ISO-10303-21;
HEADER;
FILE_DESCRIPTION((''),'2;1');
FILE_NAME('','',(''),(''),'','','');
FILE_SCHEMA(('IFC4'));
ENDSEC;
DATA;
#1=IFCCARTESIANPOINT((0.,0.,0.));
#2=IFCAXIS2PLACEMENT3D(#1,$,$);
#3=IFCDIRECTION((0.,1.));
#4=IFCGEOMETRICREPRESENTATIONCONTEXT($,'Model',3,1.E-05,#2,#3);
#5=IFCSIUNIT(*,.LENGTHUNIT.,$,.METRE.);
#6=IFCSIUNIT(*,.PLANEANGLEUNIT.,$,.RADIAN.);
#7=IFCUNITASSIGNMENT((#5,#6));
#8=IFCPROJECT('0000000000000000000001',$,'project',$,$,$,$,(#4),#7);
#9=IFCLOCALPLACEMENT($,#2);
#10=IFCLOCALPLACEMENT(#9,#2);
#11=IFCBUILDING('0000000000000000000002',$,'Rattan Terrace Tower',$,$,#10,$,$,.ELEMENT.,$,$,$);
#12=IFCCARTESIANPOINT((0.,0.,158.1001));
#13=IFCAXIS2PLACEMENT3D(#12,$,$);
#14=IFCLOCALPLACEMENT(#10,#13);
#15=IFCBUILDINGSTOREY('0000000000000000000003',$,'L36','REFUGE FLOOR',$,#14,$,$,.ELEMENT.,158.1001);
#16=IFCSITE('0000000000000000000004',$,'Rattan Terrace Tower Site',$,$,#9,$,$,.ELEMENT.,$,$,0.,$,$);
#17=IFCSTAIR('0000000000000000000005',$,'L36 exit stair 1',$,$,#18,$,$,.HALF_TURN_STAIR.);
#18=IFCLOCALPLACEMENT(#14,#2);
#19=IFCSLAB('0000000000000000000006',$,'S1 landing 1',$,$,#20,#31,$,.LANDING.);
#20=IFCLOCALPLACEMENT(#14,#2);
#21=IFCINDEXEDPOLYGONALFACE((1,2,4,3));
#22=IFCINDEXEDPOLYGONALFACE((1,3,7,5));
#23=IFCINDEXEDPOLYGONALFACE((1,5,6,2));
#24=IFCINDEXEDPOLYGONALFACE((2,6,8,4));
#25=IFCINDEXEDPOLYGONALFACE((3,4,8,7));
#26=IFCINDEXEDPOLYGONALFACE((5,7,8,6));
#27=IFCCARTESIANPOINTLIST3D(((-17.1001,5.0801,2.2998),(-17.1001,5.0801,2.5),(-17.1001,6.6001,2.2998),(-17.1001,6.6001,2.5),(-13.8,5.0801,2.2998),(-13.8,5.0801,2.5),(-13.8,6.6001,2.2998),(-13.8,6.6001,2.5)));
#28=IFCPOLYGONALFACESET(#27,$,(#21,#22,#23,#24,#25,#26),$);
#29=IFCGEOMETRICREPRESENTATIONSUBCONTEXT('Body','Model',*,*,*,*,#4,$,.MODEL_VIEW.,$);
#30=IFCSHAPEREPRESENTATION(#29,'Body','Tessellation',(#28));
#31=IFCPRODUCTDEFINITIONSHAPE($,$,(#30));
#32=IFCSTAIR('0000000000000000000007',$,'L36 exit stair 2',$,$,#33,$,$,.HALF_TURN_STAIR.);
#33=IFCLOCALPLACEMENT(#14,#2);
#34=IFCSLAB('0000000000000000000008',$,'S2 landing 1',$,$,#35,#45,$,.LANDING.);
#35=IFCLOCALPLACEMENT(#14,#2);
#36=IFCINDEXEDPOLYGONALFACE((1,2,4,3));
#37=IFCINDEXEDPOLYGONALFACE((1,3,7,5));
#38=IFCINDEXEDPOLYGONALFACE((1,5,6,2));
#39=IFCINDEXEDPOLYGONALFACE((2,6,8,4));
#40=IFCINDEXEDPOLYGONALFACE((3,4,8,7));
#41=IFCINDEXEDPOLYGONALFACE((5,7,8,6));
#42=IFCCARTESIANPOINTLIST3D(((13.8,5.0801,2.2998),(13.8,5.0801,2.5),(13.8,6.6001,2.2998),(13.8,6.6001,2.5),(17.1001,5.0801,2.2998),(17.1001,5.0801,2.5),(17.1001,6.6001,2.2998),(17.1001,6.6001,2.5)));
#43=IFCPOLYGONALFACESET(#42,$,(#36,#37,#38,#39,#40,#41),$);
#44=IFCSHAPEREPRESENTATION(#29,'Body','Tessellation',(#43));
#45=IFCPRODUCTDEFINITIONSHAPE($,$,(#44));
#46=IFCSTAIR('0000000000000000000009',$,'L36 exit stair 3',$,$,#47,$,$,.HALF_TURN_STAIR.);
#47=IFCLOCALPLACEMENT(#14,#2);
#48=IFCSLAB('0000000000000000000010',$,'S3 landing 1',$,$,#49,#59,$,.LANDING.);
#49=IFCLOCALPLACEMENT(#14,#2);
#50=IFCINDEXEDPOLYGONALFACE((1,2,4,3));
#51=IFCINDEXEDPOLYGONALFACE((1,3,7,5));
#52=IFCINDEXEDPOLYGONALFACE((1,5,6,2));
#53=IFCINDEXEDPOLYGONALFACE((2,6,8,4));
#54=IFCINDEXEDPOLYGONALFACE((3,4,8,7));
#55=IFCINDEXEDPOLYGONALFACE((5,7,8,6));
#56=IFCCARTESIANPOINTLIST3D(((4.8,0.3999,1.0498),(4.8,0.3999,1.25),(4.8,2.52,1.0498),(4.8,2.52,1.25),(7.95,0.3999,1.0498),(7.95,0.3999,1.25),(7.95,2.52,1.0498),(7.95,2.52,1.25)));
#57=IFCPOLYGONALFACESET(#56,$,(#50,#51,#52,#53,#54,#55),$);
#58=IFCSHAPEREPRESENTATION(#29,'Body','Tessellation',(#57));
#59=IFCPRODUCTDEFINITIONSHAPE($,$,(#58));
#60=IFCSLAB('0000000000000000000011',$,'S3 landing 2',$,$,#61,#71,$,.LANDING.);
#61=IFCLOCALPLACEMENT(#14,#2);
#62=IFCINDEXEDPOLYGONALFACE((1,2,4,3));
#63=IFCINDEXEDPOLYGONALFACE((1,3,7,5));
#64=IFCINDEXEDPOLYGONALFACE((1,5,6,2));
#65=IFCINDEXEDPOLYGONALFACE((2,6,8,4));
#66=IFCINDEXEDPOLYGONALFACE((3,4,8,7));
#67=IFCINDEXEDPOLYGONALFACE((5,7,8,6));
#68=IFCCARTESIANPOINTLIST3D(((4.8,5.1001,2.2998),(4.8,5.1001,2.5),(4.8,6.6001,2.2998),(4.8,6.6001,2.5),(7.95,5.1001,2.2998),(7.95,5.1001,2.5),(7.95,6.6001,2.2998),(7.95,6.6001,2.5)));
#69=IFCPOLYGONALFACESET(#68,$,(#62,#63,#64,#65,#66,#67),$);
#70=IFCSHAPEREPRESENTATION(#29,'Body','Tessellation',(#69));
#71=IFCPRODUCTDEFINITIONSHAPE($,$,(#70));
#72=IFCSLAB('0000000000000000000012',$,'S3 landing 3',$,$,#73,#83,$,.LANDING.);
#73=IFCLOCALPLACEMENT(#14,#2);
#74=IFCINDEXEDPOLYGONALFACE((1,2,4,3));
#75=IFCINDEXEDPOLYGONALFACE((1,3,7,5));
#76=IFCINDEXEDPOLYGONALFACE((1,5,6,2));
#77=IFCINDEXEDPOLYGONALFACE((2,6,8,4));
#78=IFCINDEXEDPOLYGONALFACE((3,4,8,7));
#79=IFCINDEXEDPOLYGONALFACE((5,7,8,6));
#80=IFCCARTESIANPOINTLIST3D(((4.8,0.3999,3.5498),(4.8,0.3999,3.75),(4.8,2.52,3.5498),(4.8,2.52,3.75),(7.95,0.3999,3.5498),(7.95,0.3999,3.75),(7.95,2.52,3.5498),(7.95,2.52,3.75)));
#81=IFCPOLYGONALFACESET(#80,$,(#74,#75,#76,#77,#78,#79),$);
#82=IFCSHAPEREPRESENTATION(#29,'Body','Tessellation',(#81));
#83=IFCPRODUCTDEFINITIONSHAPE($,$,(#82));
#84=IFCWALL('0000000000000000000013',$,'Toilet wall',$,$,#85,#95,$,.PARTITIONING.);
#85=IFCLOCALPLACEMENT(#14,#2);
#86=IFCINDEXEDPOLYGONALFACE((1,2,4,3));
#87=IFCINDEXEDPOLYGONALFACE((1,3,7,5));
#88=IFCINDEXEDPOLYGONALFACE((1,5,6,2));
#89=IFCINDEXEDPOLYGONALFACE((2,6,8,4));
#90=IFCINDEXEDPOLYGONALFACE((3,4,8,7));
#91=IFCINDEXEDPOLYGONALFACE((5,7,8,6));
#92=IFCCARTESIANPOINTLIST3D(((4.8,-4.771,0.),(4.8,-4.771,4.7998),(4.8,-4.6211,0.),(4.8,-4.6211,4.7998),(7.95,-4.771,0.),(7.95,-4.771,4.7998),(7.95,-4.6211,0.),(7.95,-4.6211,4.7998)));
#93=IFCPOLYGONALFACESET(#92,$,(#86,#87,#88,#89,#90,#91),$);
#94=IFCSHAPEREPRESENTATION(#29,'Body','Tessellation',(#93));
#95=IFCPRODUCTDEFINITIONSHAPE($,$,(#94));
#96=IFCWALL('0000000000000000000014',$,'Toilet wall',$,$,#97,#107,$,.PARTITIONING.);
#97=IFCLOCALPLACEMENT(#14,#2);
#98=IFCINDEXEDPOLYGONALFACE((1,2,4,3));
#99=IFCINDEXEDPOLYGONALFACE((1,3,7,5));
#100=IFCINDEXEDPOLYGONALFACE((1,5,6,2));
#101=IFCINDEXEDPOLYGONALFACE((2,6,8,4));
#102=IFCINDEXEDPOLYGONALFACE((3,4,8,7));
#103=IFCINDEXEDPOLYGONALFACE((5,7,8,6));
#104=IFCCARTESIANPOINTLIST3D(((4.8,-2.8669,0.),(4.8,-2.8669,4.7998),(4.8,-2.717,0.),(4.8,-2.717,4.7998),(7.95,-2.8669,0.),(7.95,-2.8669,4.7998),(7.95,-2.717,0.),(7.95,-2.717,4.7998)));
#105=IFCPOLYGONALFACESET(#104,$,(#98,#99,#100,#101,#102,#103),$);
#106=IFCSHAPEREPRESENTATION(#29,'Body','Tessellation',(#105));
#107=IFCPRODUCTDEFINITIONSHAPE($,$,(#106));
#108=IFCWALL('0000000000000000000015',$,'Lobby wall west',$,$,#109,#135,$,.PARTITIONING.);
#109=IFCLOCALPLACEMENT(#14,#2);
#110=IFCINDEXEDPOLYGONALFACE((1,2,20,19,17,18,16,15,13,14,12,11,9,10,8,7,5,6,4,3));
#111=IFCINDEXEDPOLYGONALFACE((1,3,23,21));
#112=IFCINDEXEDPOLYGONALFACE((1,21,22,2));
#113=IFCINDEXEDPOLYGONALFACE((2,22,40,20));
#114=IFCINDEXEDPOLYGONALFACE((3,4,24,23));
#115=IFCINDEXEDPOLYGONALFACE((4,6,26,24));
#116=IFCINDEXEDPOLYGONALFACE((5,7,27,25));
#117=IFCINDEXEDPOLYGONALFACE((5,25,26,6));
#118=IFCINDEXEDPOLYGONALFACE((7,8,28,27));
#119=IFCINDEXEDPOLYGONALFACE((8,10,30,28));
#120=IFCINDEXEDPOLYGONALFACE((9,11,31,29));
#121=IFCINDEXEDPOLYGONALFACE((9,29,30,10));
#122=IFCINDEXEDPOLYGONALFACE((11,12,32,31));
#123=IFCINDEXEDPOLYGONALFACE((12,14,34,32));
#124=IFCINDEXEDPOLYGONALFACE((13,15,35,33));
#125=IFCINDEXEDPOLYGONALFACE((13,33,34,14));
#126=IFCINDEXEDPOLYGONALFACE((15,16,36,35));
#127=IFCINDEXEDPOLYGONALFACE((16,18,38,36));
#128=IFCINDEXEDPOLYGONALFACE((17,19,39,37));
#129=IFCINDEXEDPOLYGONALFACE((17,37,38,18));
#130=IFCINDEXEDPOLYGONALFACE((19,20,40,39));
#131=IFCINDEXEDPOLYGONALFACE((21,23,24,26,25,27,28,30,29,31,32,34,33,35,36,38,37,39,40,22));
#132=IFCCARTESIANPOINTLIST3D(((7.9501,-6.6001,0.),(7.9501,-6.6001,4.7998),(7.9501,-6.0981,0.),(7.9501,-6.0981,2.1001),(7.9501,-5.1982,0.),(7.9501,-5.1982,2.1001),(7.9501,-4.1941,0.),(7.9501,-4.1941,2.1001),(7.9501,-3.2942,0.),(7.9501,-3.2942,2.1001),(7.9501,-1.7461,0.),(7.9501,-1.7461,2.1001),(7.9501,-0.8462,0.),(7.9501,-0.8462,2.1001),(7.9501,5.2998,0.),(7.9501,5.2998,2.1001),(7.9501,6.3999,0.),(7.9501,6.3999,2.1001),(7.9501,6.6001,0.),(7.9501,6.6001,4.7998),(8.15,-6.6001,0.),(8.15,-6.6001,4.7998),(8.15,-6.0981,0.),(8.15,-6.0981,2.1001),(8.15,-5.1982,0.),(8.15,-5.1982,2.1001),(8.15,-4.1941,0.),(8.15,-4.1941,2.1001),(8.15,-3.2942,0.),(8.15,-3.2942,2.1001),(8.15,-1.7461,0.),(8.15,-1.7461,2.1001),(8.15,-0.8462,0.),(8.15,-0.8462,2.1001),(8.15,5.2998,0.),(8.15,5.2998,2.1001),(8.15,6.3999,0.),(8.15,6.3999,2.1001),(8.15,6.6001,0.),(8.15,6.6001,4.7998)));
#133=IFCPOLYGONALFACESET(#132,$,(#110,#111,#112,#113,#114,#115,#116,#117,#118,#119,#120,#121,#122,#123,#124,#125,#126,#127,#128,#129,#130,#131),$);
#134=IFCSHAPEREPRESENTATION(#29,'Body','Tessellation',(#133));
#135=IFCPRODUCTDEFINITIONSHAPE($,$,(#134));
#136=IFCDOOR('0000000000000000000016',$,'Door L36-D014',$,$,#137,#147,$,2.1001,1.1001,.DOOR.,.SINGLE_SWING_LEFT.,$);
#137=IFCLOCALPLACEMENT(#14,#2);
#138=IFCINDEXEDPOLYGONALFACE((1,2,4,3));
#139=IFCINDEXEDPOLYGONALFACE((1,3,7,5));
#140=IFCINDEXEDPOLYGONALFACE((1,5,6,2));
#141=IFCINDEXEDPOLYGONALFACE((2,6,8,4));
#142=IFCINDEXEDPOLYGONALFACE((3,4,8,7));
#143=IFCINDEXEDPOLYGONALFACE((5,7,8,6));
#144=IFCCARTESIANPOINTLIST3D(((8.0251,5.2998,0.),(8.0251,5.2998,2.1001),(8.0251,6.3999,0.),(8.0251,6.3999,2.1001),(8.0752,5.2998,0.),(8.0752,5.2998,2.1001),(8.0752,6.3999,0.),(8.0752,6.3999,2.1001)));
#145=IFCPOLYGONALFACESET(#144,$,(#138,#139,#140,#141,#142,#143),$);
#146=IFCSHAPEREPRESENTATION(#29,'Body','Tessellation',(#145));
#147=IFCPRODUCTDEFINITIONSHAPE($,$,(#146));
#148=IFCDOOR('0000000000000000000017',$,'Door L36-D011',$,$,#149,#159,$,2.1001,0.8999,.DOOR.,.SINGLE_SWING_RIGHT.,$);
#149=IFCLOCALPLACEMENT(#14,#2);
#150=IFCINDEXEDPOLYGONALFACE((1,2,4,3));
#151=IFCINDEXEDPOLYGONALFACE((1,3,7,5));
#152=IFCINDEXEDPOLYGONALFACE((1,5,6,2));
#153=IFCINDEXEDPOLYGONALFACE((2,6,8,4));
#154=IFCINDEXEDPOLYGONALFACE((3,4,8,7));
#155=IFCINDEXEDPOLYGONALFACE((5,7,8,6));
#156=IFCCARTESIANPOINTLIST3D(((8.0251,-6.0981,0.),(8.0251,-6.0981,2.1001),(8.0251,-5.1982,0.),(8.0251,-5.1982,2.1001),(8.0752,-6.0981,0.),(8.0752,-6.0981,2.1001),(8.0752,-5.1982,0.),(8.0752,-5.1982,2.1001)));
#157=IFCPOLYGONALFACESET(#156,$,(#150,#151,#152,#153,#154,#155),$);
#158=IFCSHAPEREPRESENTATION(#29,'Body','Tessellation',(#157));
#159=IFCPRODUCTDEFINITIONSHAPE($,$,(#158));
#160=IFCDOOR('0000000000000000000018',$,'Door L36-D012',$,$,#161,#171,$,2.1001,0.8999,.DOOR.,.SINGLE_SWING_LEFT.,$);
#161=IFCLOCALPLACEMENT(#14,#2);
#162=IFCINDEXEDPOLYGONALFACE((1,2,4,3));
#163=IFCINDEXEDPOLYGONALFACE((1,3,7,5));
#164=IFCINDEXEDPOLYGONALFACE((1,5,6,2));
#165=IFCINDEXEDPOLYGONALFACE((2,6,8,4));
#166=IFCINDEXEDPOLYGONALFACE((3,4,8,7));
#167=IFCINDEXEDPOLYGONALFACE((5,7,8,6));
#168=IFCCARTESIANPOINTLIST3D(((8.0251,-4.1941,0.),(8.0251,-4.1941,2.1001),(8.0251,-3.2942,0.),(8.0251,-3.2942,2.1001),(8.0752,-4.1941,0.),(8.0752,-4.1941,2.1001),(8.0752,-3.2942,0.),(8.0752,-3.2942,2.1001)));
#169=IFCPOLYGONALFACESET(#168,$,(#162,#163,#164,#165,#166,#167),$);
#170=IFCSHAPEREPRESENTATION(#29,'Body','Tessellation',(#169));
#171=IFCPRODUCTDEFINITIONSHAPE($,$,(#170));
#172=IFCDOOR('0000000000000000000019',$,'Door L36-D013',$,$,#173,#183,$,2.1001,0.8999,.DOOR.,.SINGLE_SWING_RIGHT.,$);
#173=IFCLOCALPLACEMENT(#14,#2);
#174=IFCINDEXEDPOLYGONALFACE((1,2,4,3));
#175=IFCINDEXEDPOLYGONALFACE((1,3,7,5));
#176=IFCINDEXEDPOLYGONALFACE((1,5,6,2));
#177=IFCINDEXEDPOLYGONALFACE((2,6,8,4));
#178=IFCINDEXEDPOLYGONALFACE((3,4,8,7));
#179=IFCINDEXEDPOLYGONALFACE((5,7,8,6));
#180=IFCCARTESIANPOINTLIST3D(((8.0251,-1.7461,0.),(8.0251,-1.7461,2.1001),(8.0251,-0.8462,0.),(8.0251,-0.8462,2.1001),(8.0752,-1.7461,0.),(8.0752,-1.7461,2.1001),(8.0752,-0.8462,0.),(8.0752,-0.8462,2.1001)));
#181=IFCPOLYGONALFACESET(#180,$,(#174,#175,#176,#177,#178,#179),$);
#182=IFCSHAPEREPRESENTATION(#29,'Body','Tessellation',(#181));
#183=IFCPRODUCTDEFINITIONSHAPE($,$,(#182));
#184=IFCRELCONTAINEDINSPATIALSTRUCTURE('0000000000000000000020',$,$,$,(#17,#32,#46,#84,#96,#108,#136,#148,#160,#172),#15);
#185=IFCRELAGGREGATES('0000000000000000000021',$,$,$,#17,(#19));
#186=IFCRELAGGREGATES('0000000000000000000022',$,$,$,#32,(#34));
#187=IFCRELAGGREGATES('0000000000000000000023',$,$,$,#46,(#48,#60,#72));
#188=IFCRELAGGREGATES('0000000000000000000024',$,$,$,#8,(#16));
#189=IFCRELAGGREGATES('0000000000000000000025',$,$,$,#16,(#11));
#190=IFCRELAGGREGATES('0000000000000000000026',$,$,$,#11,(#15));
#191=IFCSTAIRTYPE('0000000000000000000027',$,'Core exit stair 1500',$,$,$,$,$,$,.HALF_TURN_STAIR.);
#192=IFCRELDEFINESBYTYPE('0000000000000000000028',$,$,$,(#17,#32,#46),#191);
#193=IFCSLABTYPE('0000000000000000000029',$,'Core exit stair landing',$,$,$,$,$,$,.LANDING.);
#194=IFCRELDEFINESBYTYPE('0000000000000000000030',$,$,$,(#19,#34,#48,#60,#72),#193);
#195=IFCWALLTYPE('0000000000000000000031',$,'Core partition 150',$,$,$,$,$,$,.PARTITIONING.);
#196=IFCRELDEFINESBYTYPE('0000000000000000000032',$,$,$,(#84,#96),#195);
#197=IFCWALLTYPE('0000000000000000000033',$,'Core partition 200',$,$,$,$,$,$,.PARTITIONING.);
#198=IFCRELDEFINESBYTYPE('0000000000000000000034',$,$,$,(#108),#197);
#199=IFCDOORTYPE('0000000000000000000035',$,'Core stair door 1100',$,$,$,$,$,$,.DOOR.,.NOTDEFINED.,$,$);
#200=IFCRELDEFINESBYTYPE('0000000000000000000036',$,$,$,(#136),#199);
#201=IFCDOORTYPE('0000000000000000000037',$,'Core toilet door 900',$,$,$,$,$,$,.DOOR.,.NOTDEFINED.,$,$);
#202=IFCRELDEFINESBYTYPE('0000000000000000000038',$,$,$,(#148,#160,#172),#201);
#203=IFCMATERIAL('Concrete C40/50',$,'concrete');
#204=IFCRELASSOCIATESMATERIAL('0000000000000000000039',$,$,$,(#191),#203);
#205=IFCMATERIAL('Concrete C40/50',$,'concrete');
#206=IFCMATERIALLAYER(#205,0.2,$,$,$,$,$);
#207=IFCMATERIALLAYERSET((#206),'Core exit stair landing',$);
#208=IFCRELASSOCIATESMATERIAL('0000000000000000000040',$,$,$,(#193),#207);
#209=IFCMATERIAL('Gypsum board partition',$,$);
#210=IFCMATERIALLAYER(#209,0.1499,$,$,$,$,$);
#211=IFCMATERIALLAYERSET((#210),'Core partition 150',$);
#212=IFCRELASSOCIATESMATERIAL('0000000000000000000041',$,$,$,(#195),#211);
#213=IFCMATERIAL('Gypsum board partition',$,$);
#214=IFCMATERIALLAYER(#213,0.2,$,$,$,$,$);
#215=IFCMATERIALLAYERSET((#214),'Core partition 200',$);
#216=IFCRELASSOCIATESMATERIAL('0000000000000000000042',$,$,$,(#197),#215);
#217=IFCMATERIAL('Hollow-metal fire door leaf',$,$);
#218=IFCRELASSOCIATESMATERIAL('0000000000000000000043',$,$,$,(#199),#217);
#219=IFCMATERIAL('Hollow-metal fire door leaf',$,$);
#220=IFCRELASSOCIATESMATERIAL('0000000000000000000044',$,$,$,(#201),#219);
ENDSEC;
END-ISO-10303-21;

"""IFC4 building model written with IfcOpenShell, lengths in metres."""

from ifc_helpers import new_model, si_unit, direction, frame, frame_2d, origin, place, context, subcontext, project, spatial, polyline, rectangle, outline, extrude, material, layer, layer_set, type_object, element, fill, aggregate, save


model = new_model("IFC4")

# Units and contexts
model_context = context("Model", 3, precision=1e-05, world=origin(), true_north=direction((0.0, 1.0)))
body_context = subcontext(model_context, "Body", "Model", "MODEL_VIEW")
ifc_project = project(units=[si_unit("LENGTHUNIT", "METRE"), si_unit("PLANEANGLEUNIT", "RADIAN")], contexts=[model_context])

# Site, building, storey
site_placement = place(None, origin())
site = spatial("IfcSite", under=ifc_project, at=site_placement, Name="Rattan Terrace Tower Site", CompositionType="ELEMENT", RefElevation=0.0)
building_placement = place(site_placement, origin())
building = spatial("IfcBuilding", under=site, at=building_placement, Name="Rattan Terrace Tower", CompositionType="ELEMENT")
storey_placement = place(building_placement, frame((0.0, 0.0, 158.1001)))
storey = spatial("IfcBuildingStorey", under=building, at=storey_placement, Name="L36", Description="REFUGE FLOOR", CompositionType="ELEMENT", Elevation=158.1001)

# Stairs, slabs
ifc_material_1 = material(Name="Concrete C40/50", Category="concrete")
stair_type = type_object("IfcStairType", Name="Core exit stair 1500", PredefinedType="HALF_TURN_STAIR", material=ifc_material_1)
stair_1_placement = place(storey_placement, origin())
stair_1 = element("IfcStair", 1, at=stair_1_placement, inside=storey, type_object=stair_type, Name="L36 exit stair 1", PredefinedType="HALF_TURN_STAIR")
ifc_material_2 = material(Name="Concrete C40/50", Category="concrete")
ifc_layer_1 = layer(ifc_material_2, 0.2)
ifc_layer_set_1 = layer_set([ifc_layer_1], Name="Core exit stair landing")
slab_type = type_object("IfcSlabType", Name="Core exit stair landing", PredefinedType="LANDING", material=ifc_layer_set_1)
slab_1_placement = place(storey_placement, frame((0.0, 0.0, 2.2998)))
slab_1 = element("IfcSlab", 2, at=slab_1_placement, type_object=slab_type, Name="S1 landing 1", PredefinedType="LANDING", context=body_context, shape_type="SweptSolid", body=[
    extrude(outline(polyline([(-13.8, 5.0801), (-13.8, 6.6001), (-17.1001, 6.6001), (-17.1001, 5.0801), (-13.8, 5.0801)])), origin(), (0.0, 0.0, 1.0), 0.2002),
])
aggregate(stair_1, [slab_1])
stair_2_placement = place(storey_placement, origin())
stair_2 = element("IfcStair", 3, at=stair_2_placement, inside=storey, type_object=stair_type, Name="L36 exit stair 2", PredefinedType="HALF_TURN_STAIR")
slab_2_placement = place(storey_placement, frame((0.0, 0.0, 2.2998)))
slab_2 = element("IfcSlab", 4, at=slab_2_placement, type_object=slab_type, Name="S2 landing 1", PredefinedType="LANDING", context=body_context, shape_type="SweptSolid", body=[
    extrude(outline(polyline([(17.1001, 5.0801), (17.1001, 6.6001), (13.8, 6.6001), (13.8, 5.0801), (17.1001, 5.0801)])), origin(), (0.0, 0.0, 1.0), 0.2002),
])
aggregate(stair_2, [slab_2])

# Stair, slabs
stair_3_placement = place(storey_placement, origin())
stair_3 = element("IfcStair", 5, at=stair_3_placement, inside=storey, type_object=stair_type, Name="L36 exit stair 3", PredefinedType="HALF_TURN_STAIR")
slab_3_placement = place(storey_placement, frame((0.0, 0.0, 1.0498)))
slab_3 = element("IfcSlab", 6, at=slab_3_placement, type_object=slab_type, Name="S3 landing 1", PredefinedType="LANDING", context=body_context, shape_type="SweptSolid", body=[
    extrude(outline(polyline([(4.8, 2.52), (4.8, 0.3999), (7.95, 0.3999), (7.95, 2.52), (4.8, 2.52)])), origin(), (0.0, 0.0, 1.0), 0.2002),
])
slab_4_placement = place(storey_placement, frame((0.0, 0.0, 2.2998)))
slab_4 = element("IfcSlab", 7, at=slab_4_placement, type_object=slab_type, Name="S3 landing 2", PredefinedType="LANDING", context=body_context, shape_type="SweptSolid", body=[
    extrude(outline(polyline([(4.8, 6.6001), (4.8, 5.1001), (7.95, 5.1001), (7.95, 6.6001), (4.8, 6.6001)])), origin(), (0.0, 0.0, 1.0), 0.2002),
])
slab_5_placement = place(storey_placement, frame((0.0, 0.0, 3.5498)))
slab_5 = element("IfcSlab", 8, at=slab_5_placement, type_object=slab_type, Name="S3 landing 3", PredefinedType="LANDING", context=body_context, shape_type="SweptSolid", body=[
    extrude(outline(polyline([(4.8, 2.52), (4.8, 0.3999), (7.95, 0.3999), (7.95, 2.52), (4.8, 2.52)])), origin(), (0.0, 0.0, 1.0), 0.2002),
])
aggregate(stair_3, [slab_3, slab_4, slab_5])

# Walls
ifc_material_3 = material(Name="Gypsum board partition")
ifc_layer_2 = layer(ifc_material_3, 0.1499)
ifc_layer_set_2 = layer_set([ifc_layer_2], Name="Core partition 150")
wall_type_1 = type_object("IfcWallType", Name="Core partition 150", PredefinedType="PARTITIONING", material=ifc_layer_set_2)
for number, where, z_axis, x_axis, name in (
    (9, (4.8, -4.696, 0.0), (0.0, 0.0, 1.0), (1.0, 0.0, 0.0), "Toilet wall"),
    (10, (4.8, -2.792, 0.0), (0.0, 0.0, 1.0), (1.0, 0.0, 0.0), "Toilet wall"),
):
    element("IfcWall", number, at=place(storey_placement, frame(where, z_axis=z_axis, x_axis=x_axis)), inside=storey, type_object=wall_type_1, Name=name, PredefinedType="PARTITIONING", context=body_context, shape_type="SweptSolid", body=[
        extrude(rectangle(XDim=3.1499, YDim=0.1499, at=frame_2d((1.575, 0.0))), origin(), (0.0, 0.0, 1.0), 4.7998),
    ])

# Wall, openings, doors
ifc_material_4 = material(Name="Gypsum board partition")
ifc_layer_3 = layer(ifc_material_4, 0.2)
ifc_layer_set_3 = layer_set([ifc_layer_3], Name="Core partition 200")
wall_type_2 = type_object("IfcWallType", Name="Core partition 200", PredefinedType="PARTITIONING", material=ifc_layer_set_3)
wall_1_placement = place(storey_placement, frame((8.05, -6.6001, 0.0), z_axis=(0.0, 0.0, 1.0), x_axis=(0.0, 1.0, 0.0)))
wall_1 = element("IfcWall", 11, at=wall_1_placement, inside=storey, type_object=wall_type_2, Name="Lobby wall west", PredefinedType="PARTITIONING", context=body_context, shape_type="SweptSolid", body=[
    extrude(rectangle(XDim=13.2002, YDim=0.2, at=frame_2d((6.6001, 0.0))), origin(), (0.0, 0.0, 1.0), 4.7998),
])
opening_1_placement = place(wall_1_placement, frame((0.502, 0.0, 0.0)))
opening_1 = element("IfcOpeningElement", 12, at=opening_1_placement, cuts=wall_1, PredefinedType="OPENING", context=body_context, shape_type="SweptSolid", body=[
    extrude(rectangle(XDim=0.8999, YDim=2.1001, at=frame_2d((0.45, 1.05))), frame((0.0, 0.1106, 0.0), z_axis=(0.0, -1.0, 0.0), x_axis=(1.0, 0.0, 0.0)), (0.0, 0.0, 1.0), 0.2209),
])
opening_2_placement = place(wall_1_placement, frame((2.406, 0.0, 0.0)))
opening_2 = element("IfcOpeningElement", 13, at=opening_2_placement, cuts=wall_1, PredefinedType="OPENING", context=body_context, shape_type="SweptSolid", body=[
    extrude(rectangle(XDim=0.8999, YDim=2.1001, at=frame_2d((0.45, 1.05))), frame((0.0, 0.1106, 0.0), z_axis=(0.0, -1.0, 0.0), x_axis=(1.0, 0.0, 0.0)), (0.0, 0.0, 1.0), 0.2209),
])
opening_3_placement = place(wall_1_placement, frame((4.854, 0.0, 0.0)))
opening_3 = element("IfcOpeningElement", 14, at=opening_3_placement, cuts=wall_1, PredefinedType="OPENING", context=body_context, shape_type="SweptSolid", body=[
    extrude(rectangle(XDim=0.8999, YDim=2.1001, at=frame_2d((0.45, 1.05))), frame((0.0, 0.1106, 0.0), z_axis=(0.0, -1.0, 0.0), x_axis=(1.0, 0.0, 0.0)), (0.0, 0.0, 1.0), 0.2209),
])
opening_4_placement = place(wall_1_placement, frame((11.8999, 0.0, 0.0)))
opening_4 = element("IfcOpeningElement", 15, at=opening_4_placement, cuts=wall_1, PredefinedType="OPENING", context=body_context, shape_type="SweptSolid", body=[
    extrude(rectangle(XDim=1.1001, YDim=2.1001, at=frame_2d((0.55, 1.05))), frame((0.0, 0.1106, 0.0), z_axis=(0.0, -1.0, 0.0), x_axis=(1.0, 0.0, 0.0)), (0.0, 0.0, 1.0), 0.2209),
])
ifc_material_5 = material(Name="Hollow-metal fire door leaf")
door_type_1 = type_object("IfcDoorType", Name="Core stair door 1100", OperationType="NOTDEFINED", PredefinedType="DOOR", material=ifc_material_5)
door_1_placement = place(opening_4_placement, origin())
door_1 = element("IfcDoor", 16, at=door_1_placement, inside=storey, type_object=door_type_1, Name="Door L36-D014", OperationType="SINGLE_SWING_LEFT", OverallHeight=2.1001, OverallWidth=1.1001, PredefinedType="DOOR", context=body_context, shape_type="SweptSolid", body=[
    extrude(rectangle(XDim=1.1001, YDim=2.1001, at=frame_2d((0.55, 1.05))), frame((0.0, 0.0249, 0.0), z_axis=(0.0, -1.0, 0.0), x_axis=(1.0, 0.0, 0.0)), (0.0, 0.0, 1.0), 0.05),
])
fill(opening_4, door_1)
ifc_material_6 = material(Name="Hollow-metal fire door leaf")
door_type_2 = type_object("IfcDoorType", Name="Core toilet door 900", OperationType="NOTDEFINED", PredefinedType="DOOR", material=ifc_material_6)
door_2_placement = place(opening_1_placement, origin())
door_2 = element("IfcDoor", 17, at=door_2_placement, inside=storey, type_object=door_type_2, Name="Door L36-D011", OperationType="SINGLE_SWING_RIGHT", OverallHeight=2.1001, OverallWidth=0.8999, PredefinedType="DOOR", context=body_context, shape_type="SweptSolid", body=[
    extrude(rectangle(XDim=0.8999, YDim=2.1001, at=frame_2d((0.45, 1.05))), frame((0.0, 0.0249, 0.0), z_axis=(0.0, -1.0, 0.0), x_axis=(1.0, 0.0, 0.0)), (0.0, 0.0, 1.0), 0.05),
])
fill(opening_1, door_2)
door_3_placement = place(opening_2_placement, origin())
door_3 = element("IfcDoor", 18, at=door_3_placement, inside=storey, type_object=door_type_2, Name="Door L36-D012", OperationType="SINGLE_SWING_LEFT", OverallHeight=2.1001, OverallWidth=0.8999, PredefinedType="DOOR", context=body_context, shape_type="SweptSolid", body=[
    extrude(rectangle(XDim=0.8999, YDim=2.1001, at=frame_2d((0.45, 1.05))), frame((0.0, 0.0249, 0.0), z_axis=(0.0, -1.0, 0.0), x_axis=(1.0, 0.0, 0.0)), (0.0, 0.0, 1.0), 0.05),
])
fill(opening_2, door_3)
door_4_placement = place(opening_3_placement, origin())
door_4 = element("IfcDoor", 19, at=door_4_placement, inside=storey, type_object=door_type_2, Name="Door L36-D013", OperationType="SINGLE_SWING_RIGHT", OverallHeight=2.1001, OverallWidth=0.8999, PredefinedType="DOOR", context=body_context, shape_type="SweptSolid", body=[
    extrude(rectangle(XDim=0.8999, YDim=2.1001, at=frame_2d((0.45, 1.05))), frame((0.0, 0.0249, 0.0), z_axis=(0.0, -1.0, 0.0), x_axis=(1.0, 0.0, 0.0)), (0.0, 0.0, 1.0), 0.05),
])
fill(opening_3, door_4)

save(model, "model.ifc")
